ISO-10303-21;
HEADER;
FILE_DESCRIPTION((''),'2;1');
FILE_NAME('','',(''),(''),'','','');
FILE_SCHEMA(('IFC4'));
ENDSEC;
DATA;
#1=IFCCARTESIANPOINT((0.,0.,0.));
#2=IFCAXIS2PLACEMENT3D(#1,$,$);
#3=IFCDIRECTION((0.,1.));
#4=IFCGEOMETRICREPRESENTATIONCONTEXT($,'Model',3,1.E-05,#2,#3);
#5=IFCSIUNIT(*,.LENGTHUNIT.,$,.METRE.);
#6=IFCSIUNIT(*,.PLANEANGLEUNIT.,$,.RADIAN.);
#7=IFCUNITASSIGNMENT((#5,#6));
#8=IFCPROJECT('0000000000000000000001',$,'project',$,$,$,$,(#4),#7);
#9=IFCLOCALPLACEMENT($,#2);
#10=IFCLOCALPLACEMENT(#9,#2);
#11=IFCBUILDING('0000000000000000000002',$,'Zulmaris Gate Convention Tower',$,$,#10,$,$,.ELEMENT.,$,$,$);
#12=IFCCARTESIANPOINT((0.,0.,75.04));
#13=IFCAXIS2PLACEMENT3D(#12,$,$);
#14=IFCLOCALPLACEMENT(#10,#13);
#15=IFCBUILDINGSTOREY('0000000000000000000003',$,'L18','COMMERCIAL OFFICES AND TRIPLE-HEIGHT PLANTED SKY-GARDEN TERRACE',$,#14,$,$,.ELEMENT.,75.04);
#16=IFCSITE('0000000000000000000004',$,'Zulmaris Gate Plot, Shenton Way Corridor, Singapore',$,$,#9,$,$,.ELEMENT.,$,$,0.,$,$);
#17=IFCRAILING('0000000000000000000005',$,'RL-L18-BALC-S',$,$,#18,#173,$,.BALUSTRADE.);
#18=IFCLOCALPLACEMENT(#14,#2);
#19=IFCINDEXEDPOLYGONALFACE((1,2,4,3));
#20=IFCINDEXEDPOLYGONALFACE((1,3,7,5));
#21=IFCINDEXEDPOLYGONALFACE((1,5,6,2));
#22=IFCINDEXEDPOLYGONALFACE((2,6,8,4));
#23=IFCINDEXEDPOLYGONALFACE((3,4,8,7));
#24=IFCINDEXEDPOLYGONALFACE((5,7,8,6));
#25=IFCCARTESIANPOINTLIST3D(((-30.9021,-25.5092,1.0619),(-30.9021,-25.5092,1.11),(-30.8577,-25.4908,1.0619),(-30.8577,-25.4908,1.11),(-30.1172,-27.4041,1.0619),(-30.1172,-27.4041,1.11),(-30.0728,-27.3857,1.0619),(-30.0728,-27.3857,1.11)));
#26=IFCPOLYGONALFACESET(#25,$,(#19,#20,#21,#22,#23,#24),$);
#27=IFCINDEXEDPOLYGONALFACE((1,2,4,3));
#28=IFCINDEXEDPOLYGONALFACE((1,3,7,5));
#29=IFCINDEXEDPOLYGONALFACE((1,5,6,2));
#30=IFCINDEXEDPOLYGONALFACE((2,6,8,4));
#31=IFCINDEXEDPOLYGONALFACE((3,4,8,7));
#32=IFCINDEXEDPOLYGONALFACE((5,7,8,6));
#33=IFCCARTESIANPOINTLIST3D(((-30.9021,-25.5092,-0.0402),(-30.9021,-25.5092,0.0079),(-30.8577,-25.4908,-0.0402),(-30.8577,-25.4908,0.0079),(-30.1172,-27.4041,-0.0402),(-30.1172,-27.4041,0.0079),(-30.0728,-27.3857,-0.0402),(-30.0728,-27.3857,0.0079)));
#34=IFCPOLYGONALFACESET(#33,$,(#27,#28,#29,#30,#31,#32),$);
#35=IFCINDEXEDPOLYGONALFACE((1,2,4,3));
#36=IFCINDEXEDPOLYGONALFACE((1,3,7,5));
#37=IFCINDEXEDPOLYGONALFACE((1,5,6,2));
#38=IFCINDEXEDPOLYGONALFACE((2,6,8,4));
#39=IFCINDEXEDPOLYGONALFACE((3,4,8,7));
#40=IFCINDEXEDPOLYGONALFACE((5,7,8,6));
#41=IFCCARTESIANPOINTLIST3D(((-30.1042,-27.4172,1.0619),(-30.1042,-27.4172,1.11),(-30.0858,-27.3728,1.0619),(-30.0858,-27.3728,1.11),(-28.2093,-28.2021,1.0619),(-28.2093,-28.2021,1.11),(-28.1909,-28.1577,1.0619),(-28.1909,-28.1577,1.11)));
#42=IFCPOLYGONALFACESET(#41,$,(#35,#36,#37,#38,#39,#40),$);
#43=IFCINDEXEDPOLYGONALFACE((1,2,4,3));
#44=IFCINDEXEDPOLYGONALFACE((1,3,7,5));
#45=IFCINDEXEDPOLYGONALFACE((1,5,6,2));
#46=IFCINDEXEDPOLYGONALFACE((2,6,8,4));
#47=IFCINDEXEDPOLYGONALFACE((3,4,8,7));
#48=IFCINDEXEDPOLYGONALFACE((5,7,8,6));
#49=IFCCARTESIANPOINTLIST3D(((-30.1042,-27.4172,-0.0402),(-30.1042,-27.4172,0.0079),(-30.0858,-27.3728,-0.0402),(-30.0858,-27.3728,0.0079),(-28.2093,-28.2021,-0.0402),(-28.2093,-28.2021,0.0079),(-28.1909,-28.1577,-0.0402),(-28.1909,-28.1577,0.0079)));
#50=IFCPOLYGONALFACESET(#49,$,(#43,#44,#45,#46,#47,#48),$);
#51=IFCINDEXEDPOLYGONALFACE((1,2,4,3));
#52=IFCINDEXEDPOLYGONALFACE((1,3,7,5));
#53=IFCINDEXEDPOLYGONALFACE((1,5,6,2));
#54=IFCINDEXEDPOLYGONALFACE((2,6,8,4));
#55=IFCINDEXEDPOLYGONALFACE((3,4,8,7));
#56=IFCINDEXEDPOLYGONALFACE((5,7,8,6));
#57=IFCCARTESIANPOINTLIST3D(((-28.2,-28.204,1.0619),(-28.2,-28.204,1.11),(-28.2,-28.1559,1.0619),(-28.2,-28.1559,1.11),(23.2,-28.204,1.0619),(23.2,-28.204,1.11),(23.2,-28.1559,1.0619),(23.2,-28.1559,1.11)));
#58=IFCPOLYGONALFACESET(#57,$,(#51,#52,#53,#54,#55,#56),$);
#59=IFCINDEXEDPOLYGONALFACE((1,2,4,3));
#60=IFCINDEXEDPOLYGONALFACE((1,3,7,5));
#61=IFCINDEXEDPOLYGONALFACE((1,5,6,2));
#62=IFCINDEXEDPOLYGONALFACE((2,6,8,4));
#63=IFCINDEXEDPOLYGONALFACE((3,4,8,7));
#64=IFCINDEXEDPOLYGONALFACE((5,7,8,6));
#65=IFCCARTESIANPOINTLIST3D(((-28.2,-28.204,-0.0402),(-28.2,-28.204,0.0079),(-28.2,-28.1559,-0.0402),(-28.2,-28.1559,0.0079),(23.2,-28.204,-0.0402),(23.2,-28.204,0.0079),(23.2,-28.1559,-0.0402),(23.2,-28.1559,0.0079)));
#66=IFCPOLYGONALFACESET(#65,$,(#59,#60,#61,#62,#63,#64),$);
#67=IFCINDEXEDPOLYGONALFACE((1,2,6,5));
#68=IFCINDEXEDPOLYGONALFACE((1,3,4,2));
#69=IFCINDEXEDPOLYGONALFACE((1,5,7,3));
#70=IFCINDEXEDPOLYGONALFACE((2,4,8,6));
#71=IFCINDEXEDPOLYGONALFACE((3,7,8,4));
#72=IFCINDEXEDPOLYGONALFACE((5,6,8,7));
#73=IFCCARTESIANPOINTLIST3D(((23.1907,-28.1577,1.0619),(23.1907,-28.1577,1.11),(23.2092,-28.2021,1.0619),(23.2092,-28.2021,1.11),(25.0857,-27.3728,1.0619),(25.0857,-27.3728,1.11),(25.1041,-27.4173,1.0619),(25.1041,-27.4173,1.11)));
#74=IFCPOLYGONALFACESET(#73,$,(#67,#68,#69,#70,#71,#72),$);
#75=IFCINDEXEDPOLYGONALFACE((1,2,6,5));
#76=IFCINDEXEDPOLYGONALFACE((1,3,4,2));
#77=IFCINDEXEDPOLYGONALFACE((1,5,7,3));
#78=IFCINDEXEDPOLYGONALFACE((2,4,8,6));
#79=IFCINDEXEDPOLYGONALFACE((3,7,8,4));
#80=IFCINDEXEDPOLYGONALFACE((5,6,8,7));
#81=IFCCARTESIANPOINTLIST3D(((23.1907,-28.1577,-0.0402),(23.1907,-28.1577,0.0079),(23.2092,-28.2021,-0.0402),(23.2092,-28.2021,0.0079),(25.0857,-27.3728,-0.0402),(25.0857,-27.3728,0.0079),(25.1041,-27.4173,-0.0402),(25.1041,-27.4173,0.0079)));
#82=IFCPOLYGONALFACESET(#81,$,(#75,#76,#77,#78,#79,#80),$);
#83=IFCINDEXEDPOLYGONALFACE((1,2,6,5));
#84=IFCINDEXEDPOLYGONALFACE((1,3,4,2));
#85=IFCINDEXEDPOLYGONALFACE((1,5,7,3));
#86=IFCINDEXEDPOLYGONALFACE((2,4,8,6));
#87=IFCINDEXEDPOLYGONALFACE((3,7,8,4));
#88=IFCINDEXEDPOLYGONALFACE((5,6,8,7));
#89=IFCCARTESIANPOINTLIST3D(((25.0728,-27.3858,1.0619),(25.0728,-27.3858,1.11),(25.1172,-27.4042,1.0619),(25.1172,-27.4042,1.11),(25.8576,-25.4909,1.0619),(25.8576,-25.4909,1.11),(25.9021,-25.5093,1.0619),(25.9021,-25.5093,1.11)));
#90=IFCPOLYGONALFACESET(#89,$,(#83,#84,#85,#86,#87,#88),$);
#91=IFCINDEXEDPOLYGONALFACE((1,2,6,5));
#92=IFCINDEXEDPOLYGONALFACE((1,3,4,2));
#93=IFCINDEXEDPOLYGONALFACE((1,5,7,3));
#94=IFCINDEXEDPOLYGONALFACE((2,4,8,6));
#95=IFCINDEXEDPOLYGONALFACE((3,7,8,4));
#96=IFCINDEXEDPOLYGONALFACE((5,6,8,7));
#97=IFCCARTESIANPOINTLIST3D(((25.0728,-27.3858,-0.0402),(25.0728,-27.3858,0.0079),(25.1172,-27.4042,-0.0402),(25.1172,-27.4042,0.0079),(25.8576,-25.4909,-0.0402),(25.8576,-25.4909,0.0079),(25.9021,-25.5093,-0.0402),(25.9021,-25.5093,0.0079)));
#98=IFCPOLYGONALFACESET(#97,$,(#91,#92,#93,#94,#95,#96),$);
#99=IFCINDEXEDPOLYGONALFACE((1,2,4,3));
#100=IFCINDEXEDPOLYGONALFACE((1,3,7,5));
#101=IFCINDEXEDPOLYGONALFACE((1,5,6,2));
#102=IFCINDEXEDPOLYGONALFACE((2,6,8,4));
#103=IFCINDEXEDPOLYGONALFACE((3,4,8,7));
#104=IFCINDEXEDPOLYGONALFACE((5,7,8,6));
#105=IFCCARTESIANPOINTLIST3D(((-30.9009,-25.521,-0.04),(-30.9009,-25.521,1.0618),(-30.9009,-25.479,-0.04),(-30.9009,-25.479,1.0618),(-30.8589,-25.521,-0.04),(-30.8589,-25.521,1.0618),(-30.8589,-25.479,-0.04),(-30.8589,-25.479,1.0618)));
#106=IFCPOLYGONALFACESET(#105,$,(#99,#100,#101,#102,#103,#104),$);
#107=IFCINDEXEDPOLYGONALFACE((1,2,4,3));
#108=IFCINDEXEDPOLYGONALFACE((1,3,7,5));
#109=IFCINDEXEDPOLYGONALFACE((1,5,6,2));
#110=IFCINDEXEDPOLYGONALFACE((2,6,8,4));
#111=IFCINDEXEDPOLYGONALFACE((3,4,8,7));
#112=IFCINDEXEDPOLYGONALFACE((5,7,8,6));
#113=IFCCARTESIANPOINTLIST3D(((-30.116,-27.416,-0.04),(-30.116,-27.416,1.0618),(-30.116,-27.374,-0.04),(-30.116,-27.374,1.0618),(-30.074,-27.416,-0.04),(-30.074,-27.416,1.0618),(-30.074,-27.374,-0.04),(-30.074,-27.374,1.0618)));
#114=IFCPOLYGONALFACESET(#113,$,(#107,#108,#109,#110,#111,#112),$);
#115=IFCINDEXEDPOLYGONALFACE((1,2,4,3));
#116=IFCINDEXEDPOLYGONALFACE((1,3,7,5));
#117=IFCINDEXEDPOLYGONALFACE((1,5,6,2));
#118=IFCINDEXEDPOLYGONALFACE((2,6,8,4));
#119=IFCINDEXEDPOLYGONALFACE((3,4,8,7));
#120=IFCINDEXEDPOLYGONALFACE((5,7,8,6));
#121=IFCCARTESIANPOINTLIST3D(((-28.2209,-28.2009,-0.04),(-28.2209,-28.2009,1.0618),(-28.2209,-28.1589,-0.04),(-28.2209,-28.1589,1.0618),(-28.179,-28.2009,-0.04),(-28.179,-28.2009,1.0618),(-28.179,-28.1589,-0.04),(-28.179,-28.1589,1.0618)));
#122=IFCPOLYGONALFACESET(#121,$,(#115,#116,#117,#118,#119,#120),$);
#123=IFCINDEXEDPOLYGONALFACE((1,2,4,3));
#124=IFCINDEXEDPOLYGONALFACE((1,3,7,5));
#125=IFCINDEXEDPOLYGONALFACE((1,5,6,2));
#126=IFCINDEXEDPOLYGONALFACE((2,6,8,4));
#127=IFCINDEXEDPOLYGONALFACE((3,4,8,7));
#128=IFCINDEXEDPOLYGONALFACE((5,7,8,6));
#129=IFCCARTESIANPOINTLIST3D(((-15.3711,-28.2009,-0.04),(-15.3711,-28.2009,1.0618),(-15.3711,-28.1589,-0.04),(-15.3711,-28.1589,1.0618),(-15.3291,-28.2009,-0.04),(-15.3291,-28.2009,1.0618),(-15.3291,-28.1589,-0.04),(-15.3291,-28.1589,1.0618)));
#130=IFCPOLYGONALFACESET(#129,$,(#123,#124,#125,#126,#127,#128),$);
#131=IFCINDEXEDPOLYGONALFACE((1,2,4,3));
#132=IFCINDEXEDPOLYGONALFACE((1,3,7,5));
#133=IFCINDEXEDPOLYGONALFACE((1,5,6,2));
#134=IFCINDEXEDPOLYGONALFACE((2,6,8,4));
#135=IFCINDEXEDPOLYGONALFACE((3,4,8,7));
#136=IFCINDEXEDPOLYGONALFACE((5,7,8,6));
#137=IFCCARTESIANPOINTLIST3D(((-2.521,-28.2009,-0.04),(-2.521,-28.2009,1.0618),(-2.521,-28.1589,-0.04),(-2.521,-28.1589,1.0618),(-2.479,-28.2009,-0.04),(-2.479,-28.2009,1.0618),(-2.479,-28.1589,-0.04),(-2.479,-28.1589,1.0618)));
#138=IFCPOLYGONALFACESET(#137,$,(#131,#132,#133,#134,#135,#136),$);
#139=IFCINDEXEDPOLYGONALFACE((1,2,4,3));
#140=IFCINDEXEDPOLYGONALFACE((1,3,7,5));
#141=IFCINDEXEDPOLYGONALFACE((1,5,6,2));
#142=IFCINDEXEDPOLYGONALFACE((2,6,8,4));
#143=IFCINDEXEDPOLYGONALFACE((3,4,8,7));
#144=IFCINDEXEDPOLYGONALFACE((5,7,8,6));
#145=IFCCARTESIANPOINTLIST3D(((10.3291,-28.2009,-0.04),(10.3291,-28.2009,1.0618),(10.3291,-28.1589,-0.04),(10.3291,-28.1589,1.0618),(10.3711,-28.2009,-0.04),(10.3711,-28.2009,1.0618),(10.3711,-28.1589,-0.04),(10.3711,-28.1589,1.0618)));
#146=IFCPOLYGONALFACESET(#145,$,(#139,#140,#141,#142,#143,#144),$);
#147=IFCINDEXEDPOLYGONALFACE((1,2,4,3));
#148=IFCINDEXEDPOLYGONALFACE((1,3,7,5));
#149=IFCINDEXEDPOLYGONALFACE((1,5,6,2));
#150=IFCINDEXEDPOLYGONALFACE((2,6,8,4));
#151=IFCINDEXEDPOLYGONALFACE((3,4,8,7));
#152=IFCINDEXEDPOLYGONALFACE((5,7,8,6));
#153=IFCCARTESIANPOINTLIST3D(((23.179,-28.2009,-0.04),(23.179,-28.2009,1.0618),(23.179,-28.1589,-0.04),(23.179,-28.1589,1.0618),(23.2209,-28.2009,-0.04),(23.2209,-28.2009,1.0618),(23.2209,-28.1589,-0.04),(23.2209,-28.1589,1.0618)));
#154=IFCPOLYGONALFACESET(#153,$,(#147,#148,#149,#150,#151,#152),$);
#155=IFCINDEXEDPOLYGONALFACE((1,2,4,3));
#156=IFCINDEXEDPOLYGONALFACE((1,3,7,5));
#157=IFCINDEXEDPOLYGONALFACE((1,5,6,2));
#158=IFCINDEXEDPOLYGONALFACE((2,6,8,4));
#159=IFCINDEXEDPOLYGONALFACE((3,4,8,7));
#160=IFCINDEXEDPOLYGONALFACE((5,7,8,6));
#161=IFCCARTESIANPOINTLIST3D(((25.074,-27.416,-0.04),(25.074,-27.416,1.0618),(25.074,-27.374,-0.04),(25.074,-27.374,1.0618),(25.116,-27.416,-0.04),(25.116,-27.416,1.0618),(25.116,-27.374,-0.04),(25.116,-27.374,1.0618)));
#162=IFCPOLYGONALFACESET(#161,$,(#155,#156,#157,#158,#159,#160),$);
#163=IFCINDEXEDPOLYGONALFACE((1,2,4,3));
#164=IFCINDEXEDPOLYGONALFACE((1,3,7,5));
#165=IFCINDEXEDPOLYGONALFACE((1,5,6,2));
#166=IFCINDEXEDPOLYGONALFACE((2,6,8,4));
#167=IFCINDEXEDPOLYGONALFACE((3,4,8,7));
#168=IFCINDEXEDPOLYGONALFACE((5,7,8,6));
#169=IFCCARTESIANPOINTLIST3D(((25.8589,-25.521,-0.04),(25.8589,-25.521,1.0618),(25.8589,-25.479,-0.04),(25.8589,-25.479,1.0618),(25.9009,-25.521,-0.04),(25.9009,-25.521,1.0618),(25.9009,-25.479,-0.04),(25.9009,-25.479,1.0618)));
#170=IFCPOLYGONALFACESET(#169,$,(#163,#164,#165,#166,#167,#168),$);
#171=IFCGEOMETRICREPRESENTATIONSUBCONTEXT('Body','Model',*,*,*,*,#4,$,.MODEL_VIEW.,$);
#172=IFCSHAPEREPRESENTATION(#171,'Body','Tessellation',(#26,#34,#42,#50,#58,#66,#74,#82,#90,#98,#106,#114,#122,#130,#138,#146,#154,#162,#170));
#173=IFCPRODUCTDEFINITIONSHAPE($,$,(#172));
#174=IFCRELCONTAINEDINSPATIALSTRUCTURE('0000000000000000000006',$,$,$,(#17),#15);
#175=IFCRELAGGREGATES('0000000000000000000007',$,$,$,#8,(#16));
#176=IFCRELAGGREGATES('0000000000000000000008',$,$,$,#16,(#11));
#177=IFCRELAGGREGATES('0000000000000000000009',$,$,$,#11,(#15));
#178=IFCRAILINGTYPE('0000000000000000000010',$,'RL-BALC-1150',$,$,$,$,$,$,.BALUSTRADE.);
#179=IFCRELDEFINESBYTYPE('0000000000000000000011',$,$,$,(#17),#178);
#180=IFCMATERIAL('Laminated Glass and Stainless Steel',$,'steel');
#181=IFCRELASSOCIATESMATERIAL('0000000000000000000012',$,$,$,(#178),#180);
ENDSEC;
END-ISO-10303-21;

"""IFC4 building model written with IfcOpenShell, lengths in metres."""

from ifc_helpers import new_model, si_unit, direction, frame, origin, origin_2d, place, context, subcontext, project, spatial, rectangle, extrude, material, type_object, element, save


model = new_model("IFC4")

# Units and contexts
model_context = context("Model", 3, precision=1e-05, world=origin(), true_north=direction((0.0, 1.0)))
body_context = subcontext(model_context, "Body", "Model", "MODEL_VIEW")
ifc_project = project(units=[si_unit("LENGTHUNIT", "METRE"), si_unit("PLANEANGLEUNIT", "RADIAN")], contexts=[model_context])

# Site, building, storey
site_placement = place(None, origin())
site = spatial("IfcSite", under=ifc_project, at=site_placement, Name="Zulmaris Gate Plot, Shenton Way Corridor, Singapore", CompositionType="ELEMENT", RefElevation=0.0)
building_placement = place(site_placement, origin())
building = spatial("IfcBuilding", under=site, at=building_placement, Name="Zulmaris Gate Convention Tower", CompositionType="ELEMENT")
storey_placement = place(building_placement, frame((0.0, 0.0, 75.04)))
storey = spatial("IfcBuildingStorey", under=building, at=storey_placement, Name="L18", Description="COMMERCIAL OFFICES AND TRIPLE-HEIGHT PLANTED SKY-GARDEN TERRACE", CompositionType="ELEMENT", Elevation=75.04)

# Railing
ifc_material_1 = material(Name="Laminated Glass and Stainless Steel", Category="steel")
railing_type = type_object("IfcRailingType", Name="RL-BALC-1150", PredefinedType="BALUSTRADE", material=ifc_material_1)
railing_placement = place(storey_placement, frame((-30.8799, -25.5, -0.04)))
element("IfcRailing", 1, at=railing_placement, inside=storey, type_object=railing_type, Name="RL-L18-BALC-S", PredefinedType="BALUSTRADE", context=body_context, shape_type="SweptSolid", body=[
    extrude(rectangle(XDim=0.0481, YDim=0.0481, at=origin_2d()), frame((0.0, 0.0, 1.126), z_axis=(0.382671, -0.923885, 0.0), x_axis=(0.923885, 0.382671, 0.0)), (0.0, 0.0, 1.0), 2.051),
    extrude(rectangle(XDim=0.0481, YDim=0.0481, at=origin_2d()), frame((0.0, 0.0, 0.0239), z_axis=(0.382671, -0.923885, 0.0), x_axis=(0.923885, 0.382671, 0.0)), (0.0, 0.0, 1.0), 2.051),
    extrude(rectangle(XDim=0.0481, YDim=0.0481, at=origin_2d()), frame((0.7849, -1.895, 1.126), z_axis=(0.923885, -0.382671, 0.0), x_axis=(0.382671, 0.923885, 0.0)), (0.0, 0.0, 1.0), 2.051),
    extrude(rectangle(XDim=0.0481, YDim=0.0481, at=origin_2d()), frame((0.7849, -1.895, 0.0239), z_axis=(0.923885, -0.382671, 0.0), x_axis=(0.382671, 0.923885, 0.0)), (0.0, 0.0, 1.0), 2.051),
    extrude(rectangle(XDim=0.0481, YDim=0.0481, at=origin_2d()), frame((2.6799, -2.6799, 1.126), z_axis=(1.0, 0.0, 0.0), x_axis=(0.0, 1.0, 0.0)), (0.0, 0.0, 1.0), 51.3999),
    extrude(rectangle(XDim=0.0481, YDim=0.0481, at=origin_2d()), frame((2.6799, -2.6799, 0.0239), z_axis=(1.0, 0.0, 0.0), x_axis=(0.0, 1.0, 0.0)), (0.0, 0.0, 1.0), 51.3999),
    extrude(rectangle(XDim=0.0481, YDim=0.0481, at=origin_2d()), frame((54.0798, -2.6799, 1.126), z_axis=(0.923885, 0.382671, 0.0), x_axis=(-0.382671, 0.923885, 0.0)), (0.0, 0.0, 1.0), 2.051),
    extrude(rectangle(XDim=0.0481, YDim=0.0481, at=origin_2d()), frame((54.0798, -2.6799, 0.0239), z_axis=(0.923885, 0.382671, 0.0), x_axis=(-0.382671, 0.923885, 0.0)), (0.0, 0.0, 1.0), 2.051),
    extrude(rectangle(XDim=0.0481, YDim=0.0481, at=origin_2d()), frame((55.9749, -1.895, 1.126), z_axis=(0.382671, 0.923885, 0.0), x_axis=(-0.923885, 0.382671, 0.0)), (0.0, 0.0, 1.0), 2.051),
    extrude(rectangle(XDim=0.0481, YDim=0.0481, at=origin_2d()), frame((55.9749, -1.895, 0.0239), z_axis=(0.382671, 0.923885, 0.0), x_axis=(-0.923885, 0.382671, 0.0)), (0.0, 0.0, 1.0), 2.051),
    extrude(rectangle(XDim=0.042, YDim=0.042, at=origin_2d()), origin(), (0.0, 0.0, 1.0), 1.1018),
    extrude(rectangle(XDim=0.042, YDim=0.042, at=origin_2d()), frame((0.7849, -1.895, 0.0)), (0.0, 0.0, 1.0), 1.1018),
    extrude(rectangle(XDim=0.042, YDim=0.042, at=origin_2d()), frame((2.6799, -2.6799, 0.0)), (0.0, 0.0, 1.0), 1.1018),
    extrude(rectangle(XDim=0.042, YDim=0.042, at=origin_2d()), frame((15.5298, -2.6799, 0.0)), (0.0, 0.0, 1.0), 1.1018),
    extrude(rectangle(XDim=0.042, YDim=0.042, at=origin_2d()), frame((28.3799, -2.6799, 0.0)), (0.0, 0.0, 1.0), 1.1018),
    extrude(rectangle(XDim=0.042, YDim=0.042, at=origin_2d()), frame((41.23, -2.6799, 0.0)), (0.0, 0.0, 1.0), 1.1018),
    extrude(rectangle(XDim=0.042, YDim=0.042, at=origin_2d()), frame((54.0798, -2.6799, 0.0)), (0.0, 0.0, 1.0), 1.1018),
    extrude(rectangle(XDim=0.042, YDim=0.042, at=origin_2d()), frame((55.9749, -1.895, 0.0)), (0.0, 0.0, 1.0), 1.1018),
    extrude(rectangle(XDim=0.042, YDim=0.042, at=origin_2d()), frame((56.7598, 0.0, 0.0)), (0.0, 0.0, 1.0), 1.1018),
])

save(model, "model.ifc")
